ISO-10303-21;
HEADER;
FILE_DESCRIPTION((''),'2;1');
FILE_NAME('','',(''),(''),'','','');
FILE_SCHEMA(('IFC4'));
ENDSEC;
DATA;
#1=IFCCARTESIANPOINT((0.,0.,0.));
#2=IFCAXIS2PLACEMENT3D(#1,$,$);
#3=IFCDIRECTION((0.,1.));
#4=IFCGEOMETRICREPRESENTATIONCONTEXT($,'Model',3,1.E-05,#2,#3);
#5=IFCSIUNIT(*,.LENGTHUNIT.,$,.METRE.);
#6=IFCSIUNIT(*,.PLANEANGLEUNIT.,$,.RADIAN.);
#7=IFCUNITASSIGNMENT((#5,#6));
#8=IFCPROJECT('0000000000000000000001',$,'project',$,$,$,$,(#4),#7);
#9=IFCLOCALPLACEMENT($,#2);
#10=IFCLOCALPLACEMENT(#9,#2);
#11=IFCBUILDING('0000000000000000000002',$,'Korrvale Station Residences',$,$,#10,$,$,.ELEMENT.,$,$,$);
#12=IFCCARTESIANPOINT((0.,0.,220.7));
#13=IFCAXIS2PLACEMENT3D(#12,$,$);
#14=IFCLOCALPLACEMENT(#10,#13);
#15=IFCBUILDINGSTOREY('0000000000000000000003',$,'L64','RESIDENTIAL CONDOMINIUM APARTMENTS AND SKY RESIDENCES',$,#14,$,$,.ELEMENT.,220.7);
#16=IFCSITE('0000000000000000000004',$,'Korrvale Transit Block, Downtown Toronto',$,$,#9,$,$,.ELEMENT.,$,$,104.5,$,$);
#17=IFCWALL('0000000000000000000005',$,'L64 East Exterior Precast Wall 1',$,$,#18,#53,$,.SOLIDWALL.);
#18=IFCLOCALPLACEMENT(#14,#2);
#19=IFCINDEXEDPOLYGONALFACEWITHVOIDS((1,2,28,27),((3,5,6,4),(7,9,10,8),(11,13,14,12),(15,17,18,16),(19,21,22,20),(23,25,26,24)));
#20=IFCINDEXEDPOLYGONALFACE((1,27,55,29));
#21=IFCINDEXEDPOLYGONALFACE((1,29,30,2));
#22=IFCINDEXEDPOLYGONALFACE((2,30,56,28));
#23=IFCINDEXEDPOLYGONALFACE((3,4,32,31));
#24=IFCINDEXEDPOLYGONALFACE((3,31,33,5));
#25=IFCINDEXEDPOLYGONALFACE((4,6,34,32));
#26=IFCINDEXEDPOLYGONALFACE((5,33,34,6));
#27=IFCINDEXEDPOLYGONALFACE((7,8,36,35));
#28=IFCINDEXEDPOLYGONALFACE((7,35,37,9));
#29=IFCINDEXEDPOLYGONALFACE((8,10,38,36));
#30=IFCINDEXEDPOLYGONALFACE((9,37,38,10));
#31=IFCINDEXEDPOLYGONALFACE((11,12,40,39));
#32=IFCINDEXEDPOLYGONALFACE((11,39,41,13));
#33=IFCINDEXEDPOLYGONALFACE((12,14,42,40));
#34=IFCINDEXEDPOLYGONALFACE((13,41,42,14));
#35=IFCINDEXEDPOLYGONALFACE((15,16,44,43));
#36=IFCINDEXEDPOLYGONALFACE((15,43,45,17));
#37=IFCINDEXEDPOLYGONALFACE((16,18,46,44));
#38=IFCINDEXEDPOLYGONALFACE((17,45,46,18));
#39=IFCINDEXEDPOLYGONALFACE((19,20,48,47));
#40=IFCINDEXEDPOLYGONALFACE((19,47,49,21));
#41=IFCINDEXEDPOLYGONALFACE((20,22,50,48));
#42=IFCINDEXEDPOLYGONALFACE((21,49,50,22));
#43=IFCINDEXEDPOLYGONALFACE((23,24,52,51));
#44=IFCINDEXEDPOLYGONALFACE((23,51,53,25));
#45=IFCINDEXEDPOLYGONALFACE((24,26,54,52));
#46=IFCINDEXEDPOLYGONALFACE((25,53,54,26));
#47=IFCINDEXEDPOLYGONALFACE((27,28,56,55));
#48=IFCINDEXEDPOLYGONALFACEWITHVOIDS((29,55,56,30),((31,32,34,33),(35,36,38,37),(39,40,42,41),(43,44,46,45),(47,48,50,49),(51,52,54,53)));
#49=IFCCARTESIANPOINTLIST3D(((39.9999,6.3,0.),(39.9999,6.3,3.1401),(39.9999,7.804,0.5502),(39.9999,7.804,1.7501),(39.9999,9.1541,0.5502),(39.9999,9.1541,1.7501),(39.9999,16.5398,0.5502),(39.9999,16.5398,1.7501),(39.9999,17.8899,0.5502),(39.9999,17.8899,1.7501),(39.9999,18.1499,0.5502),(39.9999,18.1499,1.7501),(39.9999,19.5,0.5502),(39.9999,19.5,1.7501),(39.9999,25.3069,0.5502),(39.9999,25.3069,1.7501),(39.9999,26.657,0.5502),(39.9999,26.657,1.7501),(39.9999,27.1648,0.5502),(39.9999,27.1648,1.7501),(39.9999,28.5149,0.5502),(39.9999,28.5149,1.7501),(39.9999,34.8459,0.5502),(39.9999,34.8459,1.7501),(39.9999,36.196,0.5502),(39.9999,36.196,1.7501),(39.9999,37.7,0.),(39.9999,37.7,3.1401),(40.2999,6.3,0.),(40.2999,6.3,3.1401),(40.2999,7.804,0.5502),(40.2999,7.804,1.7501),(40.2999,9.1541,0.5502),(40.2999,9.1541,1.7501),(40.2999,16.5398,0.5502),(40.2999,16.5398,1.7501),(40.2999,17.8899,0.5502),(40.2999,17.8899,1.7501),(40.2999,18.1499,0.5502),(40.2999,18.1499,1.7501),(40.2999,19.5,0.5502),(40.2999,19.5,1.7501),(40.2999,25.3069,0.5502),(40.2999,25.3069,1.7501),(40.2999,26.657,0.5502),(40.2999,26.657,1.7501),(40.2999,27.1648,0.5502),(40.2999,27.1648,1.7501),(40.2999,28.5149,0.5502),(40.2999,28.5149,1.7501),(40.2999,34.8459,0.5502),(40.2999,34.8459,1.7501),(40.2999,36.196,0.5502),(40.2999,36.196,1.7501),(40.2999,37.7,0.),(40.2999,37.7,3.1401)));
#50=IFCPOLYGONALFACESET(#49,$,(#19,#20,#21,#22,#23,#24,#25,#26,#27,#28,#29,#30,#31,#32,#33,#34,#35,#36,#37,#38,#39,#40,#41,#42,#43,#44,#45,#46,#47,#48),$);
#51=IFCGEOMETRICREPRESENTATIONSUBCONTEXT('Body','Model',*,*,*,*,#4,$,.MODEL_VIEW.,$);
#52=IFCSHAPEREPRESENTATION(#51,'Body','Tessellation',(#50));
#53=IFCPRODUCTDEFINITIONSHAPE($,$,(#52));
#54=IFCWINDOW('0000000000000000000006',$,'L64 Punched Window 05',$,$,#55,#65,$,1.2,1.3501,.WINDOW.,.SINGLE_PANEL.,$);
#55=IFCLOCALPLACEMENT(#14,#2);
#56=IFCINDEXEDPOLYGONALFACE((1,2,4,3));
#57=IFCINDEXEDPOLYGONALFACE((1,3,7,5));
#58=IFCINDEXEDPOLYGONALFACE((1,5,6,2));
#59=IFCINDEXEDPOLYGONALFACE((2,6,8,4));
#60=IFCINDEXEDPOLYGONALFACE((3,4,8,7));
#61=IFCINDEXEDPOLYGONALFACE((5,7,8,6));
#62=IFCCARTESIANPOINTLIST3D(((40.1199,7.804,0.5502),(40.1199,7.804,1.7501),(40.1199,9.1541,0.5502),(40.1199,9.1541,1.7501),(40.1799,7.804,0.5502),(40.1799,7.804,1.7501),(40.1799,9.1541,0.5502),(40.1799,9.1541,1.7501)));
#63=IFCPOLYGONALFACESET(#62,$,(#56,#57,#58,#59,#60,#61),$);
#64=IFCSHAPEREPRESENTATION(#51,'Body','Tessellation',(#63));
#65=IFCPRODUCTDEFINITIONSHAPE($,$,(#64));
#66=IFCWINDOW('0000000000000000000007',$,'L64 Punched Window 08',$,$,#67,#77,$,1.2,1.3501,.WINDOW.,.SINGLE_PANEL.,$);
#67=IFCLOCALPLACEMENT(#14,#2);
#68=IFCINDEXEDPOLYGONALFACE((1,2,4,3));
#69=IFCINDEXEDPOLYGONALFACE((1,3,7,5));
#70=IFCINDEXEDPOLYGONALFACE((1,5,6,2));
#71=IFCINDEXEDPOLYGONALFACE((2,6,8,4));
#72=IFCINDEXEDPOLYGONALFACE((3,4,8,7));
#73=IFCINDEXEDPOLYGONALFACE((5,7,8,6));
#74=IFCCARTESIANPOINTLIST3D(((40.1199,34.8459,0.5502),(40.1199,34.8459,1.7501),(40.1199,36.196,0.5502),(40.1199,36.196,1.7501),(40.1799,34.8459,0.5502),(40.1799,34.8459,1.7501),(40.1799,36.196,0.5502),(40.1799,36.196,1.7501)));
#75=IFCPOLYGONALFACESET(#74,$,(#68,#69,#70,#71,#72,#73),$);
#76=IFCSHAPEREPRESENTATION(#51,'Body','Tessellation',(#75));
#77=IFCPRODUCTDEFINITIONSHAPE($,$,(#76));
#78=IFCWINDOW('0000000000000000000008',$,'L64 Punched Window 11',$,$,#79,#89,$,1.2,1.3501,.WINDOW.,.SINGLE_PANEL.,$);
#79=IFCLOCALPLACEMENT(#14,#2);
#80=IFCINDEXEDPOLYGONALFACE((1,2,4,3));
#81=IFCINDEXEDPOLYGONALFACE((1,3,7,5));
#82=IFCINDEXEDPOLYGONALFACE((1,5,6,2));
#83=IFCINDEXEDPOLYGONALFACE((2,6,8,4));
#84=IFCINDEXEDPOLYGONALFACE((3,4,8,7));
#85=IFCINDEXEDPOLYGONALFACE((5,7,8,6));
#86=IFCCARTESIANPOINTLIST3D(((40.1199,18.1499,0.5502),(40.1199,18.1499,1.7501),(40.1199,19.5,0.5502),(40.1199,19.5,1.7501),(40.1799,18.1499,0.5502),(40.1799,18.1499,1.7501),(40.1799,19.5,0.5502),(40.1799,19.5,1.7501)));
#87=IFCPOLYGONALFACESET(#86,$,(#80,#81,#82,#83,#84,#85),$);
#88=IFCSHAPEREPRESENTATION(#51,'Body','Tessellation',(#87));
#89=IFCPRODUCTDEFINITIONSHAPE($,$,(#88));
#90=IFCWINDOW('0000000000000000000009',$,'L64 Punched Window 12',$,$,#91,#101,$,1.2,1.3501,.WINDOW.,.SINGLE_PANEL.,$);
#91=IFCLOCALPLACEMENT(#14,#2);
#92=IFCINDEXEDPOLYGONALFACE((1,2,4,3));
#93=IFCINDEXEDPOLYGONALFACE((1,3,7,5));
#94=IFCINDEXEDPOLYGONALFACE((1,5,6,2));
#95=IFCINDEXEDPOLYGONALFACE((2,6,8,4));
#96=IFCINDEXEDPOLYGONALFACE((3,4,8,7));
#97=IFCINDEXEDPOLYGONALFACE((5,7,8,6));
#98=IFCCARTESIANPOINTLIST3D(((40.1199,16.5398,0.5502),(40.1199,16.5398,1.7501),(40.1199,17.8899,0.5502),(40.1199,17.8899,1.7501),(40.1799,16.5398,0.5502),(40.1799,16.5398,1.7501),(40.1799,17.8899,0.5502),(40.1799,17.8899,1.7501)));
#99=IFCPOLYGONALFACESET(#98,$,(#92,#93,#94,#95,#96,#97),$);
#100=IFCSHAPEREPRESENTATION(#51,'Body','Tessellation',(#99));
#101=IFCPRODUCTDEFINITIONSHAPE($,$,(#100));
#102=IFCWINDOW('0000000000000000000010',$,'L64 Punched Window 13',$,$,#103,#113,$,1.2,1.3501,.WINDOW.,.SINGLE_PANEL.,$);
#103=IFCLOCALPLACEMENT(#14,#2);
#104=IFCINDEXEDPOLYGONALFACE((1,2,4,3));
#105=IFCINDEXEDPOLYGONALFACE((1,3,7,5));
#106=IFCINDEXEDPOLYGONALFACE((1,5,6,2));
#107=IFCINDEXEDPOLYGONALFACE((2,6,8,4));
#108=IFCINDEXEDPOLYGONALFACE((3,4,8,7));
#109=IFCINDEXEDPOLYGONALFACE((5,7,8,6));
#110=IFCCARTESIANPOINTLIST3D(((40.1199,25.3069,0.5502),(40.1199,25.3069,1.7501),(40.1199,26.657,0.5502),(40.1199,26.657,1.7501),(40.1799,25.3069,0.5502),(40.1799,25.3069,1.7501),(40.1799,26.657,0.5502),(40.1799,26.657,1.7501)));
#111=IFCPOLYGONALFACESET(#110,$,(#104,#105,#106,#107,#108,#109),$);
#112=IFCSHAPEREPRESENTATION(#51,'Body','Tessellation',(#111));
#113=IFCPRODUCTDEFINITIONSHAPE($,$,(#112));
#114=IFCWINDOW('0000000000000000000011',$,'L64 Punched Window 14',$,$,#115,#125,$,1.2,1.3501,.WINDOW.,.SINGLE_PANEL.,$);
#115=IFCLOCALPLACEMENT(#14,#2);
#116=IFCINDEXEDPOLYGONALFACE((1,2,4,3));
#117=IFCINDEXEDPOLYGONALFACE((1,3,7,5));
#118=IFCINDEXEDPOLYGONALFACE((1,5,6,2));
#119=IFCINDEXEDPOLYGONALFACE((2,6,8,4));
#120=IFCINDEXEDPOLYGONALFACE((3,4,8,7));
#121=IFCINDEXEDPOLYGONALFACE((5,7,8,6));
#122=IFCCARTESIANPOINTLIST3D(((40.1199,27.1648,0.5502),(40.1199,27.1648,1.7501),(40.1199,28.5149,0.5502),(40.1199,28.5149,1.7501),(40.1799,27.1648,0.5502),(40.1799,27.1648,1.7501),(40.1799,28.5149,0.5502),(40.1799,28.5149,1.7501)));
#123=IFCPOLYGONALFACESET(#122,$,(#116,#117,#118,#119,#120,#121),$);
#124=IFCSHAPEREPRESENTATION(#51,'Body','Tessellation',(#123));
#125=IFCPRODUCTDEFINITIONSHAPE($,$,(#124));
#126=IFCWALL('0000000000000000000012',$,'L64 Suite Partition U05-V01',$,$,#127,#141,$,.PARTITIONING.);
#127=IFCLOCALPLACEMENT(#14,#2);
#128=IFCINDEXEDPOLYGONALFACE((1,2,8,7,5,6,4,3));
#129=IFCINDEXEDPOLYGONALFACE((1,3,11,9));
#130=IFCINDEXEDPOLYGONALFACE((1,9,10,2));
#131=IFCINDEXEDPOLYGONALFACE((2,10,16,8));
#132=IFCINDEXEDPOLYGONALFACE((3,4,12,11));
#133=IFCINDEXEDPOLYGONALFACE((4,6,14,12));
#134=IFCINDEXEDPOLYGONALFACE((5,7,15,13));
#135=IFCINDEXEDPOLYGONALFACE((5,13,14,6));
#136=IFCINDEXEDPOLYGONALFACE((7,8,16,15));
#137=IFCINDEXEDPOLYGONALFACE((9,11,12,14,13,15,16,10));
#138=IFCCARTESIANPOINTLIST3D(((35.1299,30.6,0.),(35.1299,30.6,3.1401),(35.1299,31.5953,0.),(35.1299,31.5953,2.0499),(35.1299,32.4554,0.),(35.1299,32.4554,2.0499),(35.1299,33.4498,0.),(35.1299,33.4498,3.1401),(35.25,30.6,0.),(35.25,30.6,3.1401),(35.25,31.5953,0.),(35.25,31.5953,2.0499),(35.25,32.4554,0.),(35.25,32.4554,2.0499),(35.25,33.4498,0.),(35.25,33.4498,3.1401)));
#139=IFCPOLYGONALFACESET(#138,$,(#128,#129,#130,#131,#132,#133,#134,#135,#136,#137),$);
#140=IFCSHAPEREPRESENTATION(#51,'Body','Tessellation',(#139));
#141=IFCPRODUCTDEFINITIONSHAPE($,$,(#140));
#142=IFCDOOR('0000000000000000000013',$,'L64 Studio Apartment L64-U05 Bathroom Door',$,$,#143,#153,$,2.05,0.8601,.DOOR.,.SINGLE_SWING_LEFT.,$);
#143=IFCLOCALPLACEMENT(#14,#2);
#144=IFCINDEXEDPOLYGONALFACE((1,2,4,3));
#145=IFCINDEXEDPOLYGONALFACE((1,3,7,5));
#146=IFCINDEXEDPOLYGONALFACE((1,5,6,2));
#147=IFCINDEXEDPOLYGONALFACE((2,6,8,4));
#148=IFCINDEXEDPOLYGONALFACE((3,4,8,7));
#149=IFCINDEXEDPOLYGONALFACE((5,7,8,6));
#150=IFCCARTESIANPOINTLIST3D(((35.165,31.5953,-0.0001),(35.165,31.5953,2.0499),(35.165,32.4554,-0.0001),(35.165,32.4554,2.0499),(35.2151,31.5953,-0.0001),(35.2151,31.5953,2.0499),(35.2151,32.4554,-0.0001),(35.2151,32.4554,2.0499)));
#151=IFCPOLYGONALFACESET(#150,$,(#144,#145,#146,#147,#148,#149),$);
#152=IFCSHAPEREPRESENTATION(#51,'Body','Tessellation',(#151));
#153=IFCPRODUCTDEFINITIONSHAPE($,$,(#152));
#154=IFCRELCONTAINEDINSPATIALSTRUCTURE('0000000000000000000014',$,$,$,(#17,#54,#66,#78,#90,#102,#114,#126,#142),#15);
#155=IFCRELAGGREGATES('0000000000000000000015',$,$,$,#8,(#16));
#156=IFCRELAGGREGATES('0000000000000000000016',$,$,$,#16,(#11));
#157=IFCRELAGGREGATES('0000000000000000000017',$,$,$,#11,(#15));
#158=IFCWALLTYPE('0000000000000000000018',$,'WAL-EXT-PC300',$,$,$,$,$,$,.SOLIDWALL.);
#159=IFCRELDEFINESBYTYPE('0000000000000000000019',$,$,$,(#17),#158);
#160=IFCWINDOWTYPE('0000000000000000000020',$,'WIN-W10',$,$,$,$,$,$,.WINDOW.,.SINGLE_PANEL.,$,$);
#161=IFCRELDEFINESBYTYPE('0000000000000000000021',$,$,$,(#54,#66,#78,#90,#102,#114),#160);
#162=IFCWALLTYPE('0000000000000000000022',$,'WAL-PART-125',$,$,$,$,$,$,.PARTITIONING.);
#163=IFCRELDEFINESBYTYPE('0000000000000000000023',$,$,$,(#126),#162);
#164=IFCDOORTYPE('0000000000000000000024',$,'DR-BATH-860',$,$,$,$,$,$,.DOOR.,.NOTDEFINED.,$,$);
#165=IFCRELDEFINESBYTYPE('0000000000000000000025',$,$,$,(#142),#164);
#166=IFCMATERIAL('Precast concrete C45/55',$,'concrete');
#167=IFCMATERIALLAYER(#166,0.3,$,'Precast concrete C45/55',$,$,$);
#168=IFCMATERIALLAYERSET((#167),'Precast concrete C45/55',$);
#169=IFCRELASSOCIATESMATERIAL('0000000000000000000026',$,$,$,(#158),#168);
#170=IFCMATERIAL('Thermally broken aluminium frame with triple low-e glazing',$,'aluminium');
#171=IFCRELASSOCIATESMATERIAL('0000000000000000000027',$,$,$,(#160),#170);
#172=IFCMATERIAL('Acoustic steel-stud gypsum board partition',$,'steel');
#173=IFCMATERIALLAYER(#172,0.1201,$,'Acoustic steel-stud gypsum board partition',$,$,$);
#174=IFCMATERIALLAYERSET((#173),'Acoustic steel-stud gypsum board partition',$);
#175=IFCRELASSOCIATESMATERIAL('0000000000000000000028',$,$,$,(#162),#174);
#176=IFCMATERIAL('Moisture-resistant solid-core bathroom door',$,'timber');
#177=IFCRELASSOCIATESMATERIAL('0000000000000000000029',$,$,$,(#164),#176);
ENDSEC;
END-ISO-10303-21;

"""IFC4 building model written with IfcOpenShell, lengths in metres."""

from ifc_helpers import new_model, si_unit, direction, frame, frame_2d, origin, place, context, subcontext, project, spatial, rectangle, extrude, material, layer, layer_set, type_object, element, fill, save


model = new_model("IFC4")

# Units and contexts
model_context = context("Model", 3, precision=1e-05, world=origin(), true_north=direction((0.0, 1.0)))
body_context = subcontext(model_context, "Body", "Model", "MODEL_VIEW")
ifc_project = project(units=[si_unit("LENGTHUNIT", "METRE"), si_unit("PLANEANGLEUNIT", "RADIAN")], contexts=[model_context])

# Site, building, storey
site_placement = place(None, origin())
site = spatial("IfcSite", under=ifc_project, at=site_placement, Name="Korrvale Transit Block, Downtown Toronto", CompositionType="ELEMENT", RefElevation=104.5)
building_placement = place(site_placement, origin())
building = spatial("IfcBuilding", under=site, at=building_placement, Name="Korrvale Station Residences", CompositionType="ELEMENT")
storey_placement = place(building_placement, frame((0.0, 0.0, 220.7)))
storey = spatial("IfcBuildingStorey", under=building, at=storey_placement, Name="L64", Description="RESIDENTIAL CONDOMINIUM APARTMENTS AND SKY RESIDENCES", CompositionType="ELEMENT", Elevation=220.7)

# Shared definitions
ifc_material_1 = material(Name="Precast concrete C45/55", Category="concrete")
ifc_layer_1 = layer(ifc_material_1, 0.3, Name="Precast concrete C45/55")
ifc_layer_set_1 = layer_set([ifc_layer_1], Name="Precast concrete C45/55")
wall_type_1 = type_object("IfcWallType", Name="WAL-EXT-PC300", PredefinedType="SOLIDWALL", material=ifc_layer_set_1)

# Wall, openings, windows
wall_1_placement = place(storey_placement, frame((40.1499, 37.7, 0.0), z_axis=(0.0, 0.0, 1.0), x_axis=(0.0, -1.0, 0.0)))
wall_1 = element("IfcWall", 1, at=wall_1_placement, inside=storey, type_object=wall_type_1, Name="L64 East Exterior Precast Wall 1", PredefinedType="SOLIDWALL", context=body_context, shape_type="SweptSolid", body=[
    extrude(rectangle(XDim=31.3999, YDim=0.3, at=frame_2d((15.7, 0.0))), origin(), (0.0, 0.0, 1.0), 3.1401),
])
opening_1_placement = place(wall_1_placement, frame((28.5459, 0.0, 0.55)))
opening_1 = element("IfcOpeningElement", 2, at=opening_1_placement, cuts=wall_1, PredefinedType="OPENING", context=body_context, shape_type="SweptSolid", body=[
    extrude(rectangle(XDim=1.3501, YDim=1.2, at=frame_2d((0.675, 0.6001))), frame((0.0, 0.1602, 0.0), z_axis=(0.0, -1.0, 0.0), x_axis=(1.0, 0.0, 0.0)), (0.0, 0.0, 1.0), 0.3201),
])
opening_2_placement = place(wall_1_placement, frame((1.5039, 0.0, 0.55)))
opening_2 = element("IfcOpeningElement", 3, at=opening_2_placement, cuts=wall_1, PredefinedType="OPENING", context=body_context, shape_type="SweptSolid", body=[
    extrude(rectangle(XDim=1.3501, YDim=1.2, at=frame_2d((0.675, 0.6001))), frame((0.0, 0.1602, 0.0), z_axis=(0.0, -1.0, 0.0), x_axis=(1.0, 0.0, 0.0)), (0.0, 0.0, 1.0), 0.3201),
])
opening_3_placement = place(wall_1_placement, frame((18.2, 0.0, 0.55)))
opening_3 = element("IfcOpeningElement", 4, at=opening_3_placement, cuts=wall_1, PredefinedType="OPENING", context=body_context, shape_type="SweptSolid", body=[
    extrude(rectangle(XDim=1.3501, YDim=1.2, at=frame_2d((0.675, 0.6001))), frame((0.0, 0.1602, 0.0), z_axis=(0.0, -1.0, 0.0), x_axis=(1.0, 0.0, 0.0)), (0.0, 0.0, 1.0), 0.3201),
])
opening_4_placement = place(wall_1_placement, frame((19.8101, 0.0, 0.55)))
opening_4 = element("IfcOpeningElement", 5, at=opening_4_placement, cuts=wall_1, PredefinedType="OPENING", context=body_context, shape_type="SweptSolid", body=[
    extrude(rectangle(XDim=1.3501, YDim=1.2, at=frame_2d((0.675, 0.6001))), frame((0.0, 0.1602, 0.0), z_axis=(0.0, -1.0, 0.0), x_axis=(1.0, 0.0, 0.0)), (0.0, 0.0, 1.0), 0.3201),
])
opening_5_placement = place(wall_1_placement, frame((11.043, 0.0, 0.55)))
opening_5 = element("IfcOpeningElement", 6, at=opening_5_placement, cuts=wall_1, PredefinedType="OPENING", context=body_context, shape_type="SweptSolid", body=[
    extrude(rectangle(XDim=1.3501, YDim=1.2, at=frame_2d((0.675, 0.6001))), frame((0.0, 0.1602, 0.0), z_axis=(0.0, -1.0, 0.0), x_axis=(1.0, 0.0, 0.0)), (0.0, 0.0, 1.0), 0.3201),
])
opening_6_placement = place(wall_1_placement, frame((9.1851, 0.0, 0.55)))
opening_6 = element("IfcOpeningElement", 7, at=opening_6_placement, cuts=wall_1, PredefinedType="OPENING", context=body_context, shape_type="SweptSolid", body=[
    extrude(rectangle(XDim=1.3501, YDim=1.2, at=frame_2d((0.675, 0.6001))), frame((0.0, 0.1602, 0.0), z_axis=(0.0, -1.0, 0.0), x_axis=(1.0, 0.0, 0.0)), (0.0, 0.0, 1.0), 0.3201),
])
ifc_material_2 = material(Name="Thermally broken aluminium frame with triple low-e glazing", Category="aluminium")
window_type = type_object("IfcWindowType", Name="WIN-W10", PartitioningType="SINGLE_PANEL", PredefinedType="WINDOW", material=ifc_material_2)
window_1_placement = place(opening_1_placement, origin())
window_1 = element("IfcWindow", 8, at=window_1_placement, inside=storey, type_object=window_type, Name="L64 Punched Window 05", OverallHeight=1.2, OverallWidth=1.3501, PartitioningType="SINGLE_PANEL", PredefinedType="WINDOW", context=body_context, shape_type="SweptSolid", body=[
    extrude(rectangle(XDim=1.3501, YDim=1.2, at=frame_2d((0.675, 0.6001))), frame((0.0, 0.03, 0.0), z_axis=(0.0, -1.0, 0.0), x_axis=(1.0, 0.0, 0.0)), (0.0, 0.0, 1.0), 0.0601),
])
fill(opening_1, window_1)
window_2_placement = place(opening_2_placement, origin())
window_2 = element("IfcWindow", 9, at=window_2_placement, inside=storey, type_object=window_type, Name="L64 Punched Window 08", OverallHeight=1.2, OverallWidth=1.3501, PartitioningType="SINGLE_PANEL", PredefinedType="WINDOW", context=body_context, shape_type="SweptSolid", body=[
    extrude(rectangle(XDim=1.3501, YDim=1.2, at=frame_2d((0.675, 0.6001))), frame((0.0, 0.03, 0.0), z_axis=(0.0, -1.0, 0.0), x_axis=(1.0, 0.0, 0.0)), (0.0, 0.0, 1.0), 0.0601),
])
fill(opening_2, window_2)
window_3_placement = place(opening_3_placement, origin())
window_3 = element("IfcWindow", 10, at=window_3_placement, inside=storey, type_object=window_type, Name="L64 Punched Window 11", OverallHeight=1.2, OverallWidth=1.3501, PartitioningType="SINGLE_PANEL", PredefinedType="WINDOW", context=body_context, shape_type="SweptSolid", body=[
    extrude(rectangle(XDim=1.3501, YDim=1.2, at=frame_2d((0.675, 0.6001))), frame((0.0, 0.03, 0.0), z_axis=(0.0, -1.0, 0.0), x_axis=(1.0, 0.0, 0.0)), (0.0, 0.0, 1.0), 0.0601),
])
fill(opening_3, window_3)
window_4_placement = place(opening_4_placement, origin())
window_4 = element("IfcWindow", 11, at=window_4_placement, inside=storey, type_object=window_type, Name="L64 Punched Window 12", OverallHeight=1.2, OverallWidth=1.3501, PartitioningType="SINGLE_PANEL", PredefinedType="WINDOW", context=body_context, shape_type="SweptSolid", body=[
    extrude(rectangle(XDim=1.3501, YDim=1.2, at=frame_2d((0.675, 0.6001))), frame((0.0, 0.03, 0.0), z_axis=(0.0, -1.0, 0.0), x_axis=(1.0, 0.0, 0.0)), (0.0, 0.0, 1.0), 0.0601),
])
fill(opening_4, window_4)
window_5_placement = place(opening_5_placement, origin())
window_5 = element("IfcWindow", 12, at=window_5_placement, inside=storey, type_object=window_type, Name="L64 Punched Window 13", OverallHeight=1.2, OverallWidth=1.3501, PartitioningType="SINGLE_PANEL", PredefinedType="WINDOW", context=body_context, shape_type="SweptSolid", body=[
    extrude(rectangle(XDim=1.3501, YDim=1.2, at=frame_2d((0.675, 0.6001))), frame((0.0, 0.03, 0.0), z_axis=(0.0, -1.0, 0.0), x_axis=(1.0, 0.0, 0.0)), (0.0, 0.0, 1.0), 0.0601),
])
fill(opening_5, window_5)
window_6_placement = place(opening_6_placement, origin())
window_6 = element("IfcWindow", 13, at=window_6_placement, inside=storey, type_object=window_type, Name="L64 Punched Window 14", OverallHeight=1.2, OverallWidth=1.3501, PartitioningType="SINGLE_PANEL", PredefinedType="WINDOW", context=body_context, shape_type="SweptSolid", body=[
    extrude(rectangle(XDim=1.3501, YDim=1.2, at=frame_2d((0.675, 0.6001))), frame((0.0, 0.03, 0.0), z_axis=(0.0, -1.0, 0.0), x_axis=(1.0, 0.0, 0.0)), (0.0, 0.0, 1.0), 0.0601),
])
fill(opening_6, window_6)

# Wall, opening, door
ifc_material_3 = material(Name="Acoustic steel-stud gypsum board partition", Category="steel")
ifc_layer_2 = layer(ifc_material_3, 0.1201, Name="Acoustic steel-stud gypsum board partition")
ifc_layer_set_2 = layer_set([ifc_layer_2], Name="Acoustic steel-stud gypsum board partition")
wall_type_2 = type_object("IfcWallType", Name="WAL-PART-125", PredefinedType="PARTITIONING", material=ifc_layer_set_2)
wall_2_placement = place(storey_placement, frame((35.1899, 30.6001, 0.0), z_axis=(0.0, 0.0, 1.0), x_axis=(0.0, 1.0, 0.0)))
wall_2 = element("IfcWall", 14, at=wall_2_placement, inside=storey, type_object=wall_type_2, Name="L64 Suite Partition U05-V01", PredefinedType="PARTITIONING", context=body_context, shape_type="SweptSolid", body=[
    extrude(rectangle(XDim=2.8499, YDim=0.1201, at=frame_2d((1.4248, 0.0))), origin(), (0.0, 0.0, 1.0), 3.1401),
])
opening_7_placement = place(wall_2_placement, frame((0.9951, 0.0, 0.0)))
opening_7 = element("IfcOpeningElement", 15, at=opening_7_placement, cuts=wall_2, PredefinedType="OPENING", context=body_context, shape_type="SweptSolid", body=[
    extrude(rectangle(XDim=0.8601, YDim=2.05, at=frame_2d((0.4302, 1.0249))), frame((0.0, 0.0701, 0.0), z_axis=(0.0, -1.0, 0.0), x_axis=(1.0, 0.0, 0.0)), (0.0, 0.0, 1.0), 0.1401),
])
ifc_material_4 = material(Name="Moisture-resistant solid-core bathroom door", Category="timber")
door_type_1 = type_object("IfcDoorType", Name="DR-BATH-860", OperationType="NOTDEFINED", PredefinedType="DOOR", material=ifc_material_4)
door_1_placement = place(opening_7_placement, origin())
door_1 = element("IfcDoor", 16, at=door_1_placement, inside=storey, type_object=door_type_1, Name="L64 Studio Apartment L64-U05 Bathroom Door", OperationType="SINGLE_SWING_LEFT", OverallHeight=2.05, OverallWidth=0.8601, PredefinedType="DOOR", context=body_context, shape_type="SweptSolid", body=[
    extrude(rectangle(XDim=0.8601, YDim=2.05, at=frame_2d((0.4302, 1.0249))), frame((0.0, 0.0249, 0.0), z_axis=(0.0, -1.0, 0.0), x_axis=(1.0, 0.0, 0.0)), (0.0, 0.0, 1.0), 0.05),
])
fill(opening_7, door_1)

save(model, "model.ifc")
